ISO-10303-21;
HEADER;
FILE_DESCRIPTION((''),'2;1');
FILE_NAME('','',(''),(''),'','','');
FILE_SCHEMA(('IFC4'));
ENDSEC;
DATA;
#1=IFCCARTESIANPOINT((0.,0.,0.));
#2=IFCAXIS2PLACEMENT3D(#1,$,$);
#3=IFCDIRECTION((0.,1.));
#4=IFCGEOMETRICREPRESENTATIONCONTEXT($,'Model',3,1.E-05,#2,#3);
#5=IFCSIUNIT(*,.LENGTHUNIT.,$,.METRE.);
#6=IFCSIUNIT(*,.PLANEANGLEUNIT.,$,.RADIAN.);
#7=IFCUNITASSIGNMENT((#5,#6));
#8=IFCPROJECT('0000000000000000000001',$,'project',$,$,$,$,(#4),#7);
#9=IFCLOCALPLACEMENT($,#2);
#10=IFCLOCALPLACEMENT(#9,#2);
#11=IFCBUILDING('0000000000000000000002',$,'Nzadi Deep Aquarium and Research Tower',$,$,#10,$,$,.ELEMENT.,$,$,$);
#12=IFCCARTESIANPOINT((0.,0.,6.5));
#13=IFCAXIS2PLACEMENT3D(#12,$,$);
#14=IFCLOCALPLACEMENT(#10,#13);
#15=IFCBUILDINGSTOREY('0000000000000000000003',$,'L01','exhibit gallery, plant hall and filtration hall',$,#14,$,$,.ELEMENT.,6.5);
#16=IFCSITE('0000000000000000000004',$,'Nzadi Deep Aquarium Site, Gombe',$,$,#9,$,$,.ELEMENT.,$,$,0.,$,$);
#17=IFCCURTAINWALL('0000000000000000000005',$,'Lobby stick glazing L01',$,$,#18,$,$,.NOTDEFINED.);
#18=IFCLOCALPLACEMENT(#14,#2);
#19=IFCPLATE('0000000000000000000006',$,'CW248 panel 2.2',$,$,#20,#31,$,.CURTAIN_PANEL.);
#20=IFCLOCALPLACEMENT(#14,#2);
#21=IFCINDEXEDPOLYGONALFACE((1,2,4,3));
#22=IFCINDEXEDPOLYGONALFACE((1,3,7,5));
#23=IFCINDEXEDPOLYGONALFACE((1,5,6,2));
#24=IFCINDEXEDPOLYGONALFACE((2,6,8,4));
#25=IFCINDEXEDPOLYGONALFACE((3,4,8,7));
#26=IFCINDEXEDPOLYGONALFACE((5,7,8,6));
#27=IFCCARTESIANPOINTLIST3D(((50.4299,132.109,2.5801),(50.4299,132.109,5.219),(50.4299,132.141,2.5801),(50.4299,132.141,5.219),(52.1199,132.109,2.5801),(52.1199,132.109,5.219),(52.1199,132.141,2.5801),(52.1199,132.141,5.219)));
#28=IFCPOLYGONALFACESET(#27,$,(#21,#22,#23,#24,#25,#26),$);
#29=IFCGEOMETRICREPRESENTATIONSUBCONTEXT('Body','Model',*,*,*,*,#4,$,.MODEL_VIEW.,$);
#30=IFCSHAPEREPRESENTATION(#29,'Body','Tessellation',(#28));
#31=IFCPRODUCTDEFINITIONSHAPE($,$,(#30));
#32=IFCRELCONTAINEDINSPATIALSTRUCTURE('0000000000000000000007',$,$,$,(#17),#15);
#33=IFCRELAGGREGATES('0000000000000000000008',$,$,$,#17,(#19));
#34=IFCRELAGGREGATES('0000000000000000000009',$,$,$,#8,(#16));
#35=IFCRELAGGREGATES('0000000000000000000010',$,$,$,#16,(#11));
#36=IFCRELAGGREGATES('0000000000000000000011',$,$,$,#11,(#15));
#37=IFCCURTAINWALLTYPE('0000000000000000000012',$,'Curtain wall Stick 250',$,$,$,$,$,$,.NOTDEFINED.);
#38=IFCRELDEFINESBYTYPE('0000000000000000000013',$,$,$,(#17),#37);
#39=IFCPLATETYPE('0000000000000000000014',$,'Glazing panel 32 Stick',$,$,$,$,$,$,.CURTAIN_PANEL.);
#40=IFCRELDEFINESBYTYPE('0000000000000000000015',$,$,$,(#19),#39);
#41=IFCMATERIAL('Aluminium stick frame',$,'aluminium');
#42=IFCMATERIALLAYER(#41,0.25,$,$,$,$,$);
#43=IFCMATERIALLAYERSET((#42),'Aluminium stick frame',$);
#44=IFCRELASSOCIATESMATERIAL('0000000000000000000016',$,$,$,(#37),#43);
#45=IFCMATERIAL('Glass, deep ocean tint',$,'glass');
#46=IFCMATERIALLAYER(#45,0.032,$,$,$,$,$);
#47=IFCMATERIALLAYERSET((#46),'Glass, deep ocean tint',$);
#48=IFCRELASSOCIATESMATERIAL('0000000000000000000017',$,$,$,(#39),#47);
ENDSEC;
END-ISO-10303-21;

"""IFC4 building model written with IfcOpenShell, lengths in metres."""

from ifc_helpers import new_model, si_unit, direction, frame, origin, origin_2d, place, context, subcontext, project, spatial, rectangle, extrude, material, layer, layer_set, type_object, element, aggregate, save


model = new_model("IFC4")

# Units and contexts
model_context = context("Model", 3, precision=1e-05, world=origin(), true_north=direction((0.0, 1.0)))
body_context = subcontext(model_context, "Body", "Model", "MODEL_VIEW")
ifc_project = project(units=[si_unit("LENGTHUNIT", "METRE"), si_unit("PLANEANGLEUNIT", "RADIAN")], contexts=[model_context])

# Site, building, storey
site_placement = place(None, origin())
site = spatial("IfcSite", under=ifc_project, at=site_placement, Name="Nzadi Deep Aquarium Site, Gombe", CompositionType="ELEMENT", RefElevation=0.0)
building_placement = place(site_placement, origin())
building = spatial("IfcBuilding", under=site, at=building_placement, Name="Nzadi Deep Aquarium and Research Tower", CompositionType="ELEMENT")
storey_placement = place(building_placement, frame((0.0, 0.0, 6.5)))
storey = spatial("IfcBuildingStorey", under=building, at=storey_placement, Name="L01", Description="exhibit gallery, plant hall and filtration hall", CompositionType="ELEMENT", Elevation=6.5)

# Shared definitions
ifc_material_1 = material(Name="Aluminium stick frame", Category="aluminium")
ifc_layer_1 = layer(ifc_material_1, 0.25)
ifc_layer_set_1 = layer_set([ifc_layer_1], Name="Aluminium stick frame")
curtain_wall_type = type_object("IfcCurtainWallType", Name="Curtain wall Stick 250", PredefinedType="NOTDEFINED", material=ifc_layer_set_1)

# Curtain wall
curtain_wall_1_placement = place(storey_placement, origin())
curtain_wall_1 = element("IfcCurtainWall", 1, at=curtain_wall_1_placement, inside=storey, type_object=curtain_wall_type, Name="Lobby stick glazing L01", PredefinedType="NOTDEFINED")

# Plate
ifc_material_2 = material(Name="Glass, deep ocean tint", Category="glass")
ifc_layer_2 = layer(ifc_material_2, 0.032)
ifc_layer_set_2 = layer_set([ifc_layer_2], Name="Glass, deep ocean tint")
plate_type = type_object("IfcPlateType", Name="Glazing panel 32 Stick", PredefinedType="CURTAIN_PANEL", material=ifc_layer_set_2)
plate_1_placement = place(storey_placement, frame((51.2749, 132.125, 2.5801), z_axis=(0.0, 0.0, 1.0), x_axis=(1.0, 0.0, 0.0)))
plate_1 = element("IfcPlate", 2, at=plate_1_placement, type_object=plate_type, Name="CW248 panel 2.2", PredefinedType="CURTAIN_PANEL", context=body_context, shape_type="SweptSolid", body=[
    extrude(rectangle(XDim=1.6899, YDim=0.032, at=origin_2d()), origin(), (0.0, 0.0, 1.0), 2.6389),
])
aggregate(curtain_wall_1, [plate_1])

save(model, "model.ifc")
